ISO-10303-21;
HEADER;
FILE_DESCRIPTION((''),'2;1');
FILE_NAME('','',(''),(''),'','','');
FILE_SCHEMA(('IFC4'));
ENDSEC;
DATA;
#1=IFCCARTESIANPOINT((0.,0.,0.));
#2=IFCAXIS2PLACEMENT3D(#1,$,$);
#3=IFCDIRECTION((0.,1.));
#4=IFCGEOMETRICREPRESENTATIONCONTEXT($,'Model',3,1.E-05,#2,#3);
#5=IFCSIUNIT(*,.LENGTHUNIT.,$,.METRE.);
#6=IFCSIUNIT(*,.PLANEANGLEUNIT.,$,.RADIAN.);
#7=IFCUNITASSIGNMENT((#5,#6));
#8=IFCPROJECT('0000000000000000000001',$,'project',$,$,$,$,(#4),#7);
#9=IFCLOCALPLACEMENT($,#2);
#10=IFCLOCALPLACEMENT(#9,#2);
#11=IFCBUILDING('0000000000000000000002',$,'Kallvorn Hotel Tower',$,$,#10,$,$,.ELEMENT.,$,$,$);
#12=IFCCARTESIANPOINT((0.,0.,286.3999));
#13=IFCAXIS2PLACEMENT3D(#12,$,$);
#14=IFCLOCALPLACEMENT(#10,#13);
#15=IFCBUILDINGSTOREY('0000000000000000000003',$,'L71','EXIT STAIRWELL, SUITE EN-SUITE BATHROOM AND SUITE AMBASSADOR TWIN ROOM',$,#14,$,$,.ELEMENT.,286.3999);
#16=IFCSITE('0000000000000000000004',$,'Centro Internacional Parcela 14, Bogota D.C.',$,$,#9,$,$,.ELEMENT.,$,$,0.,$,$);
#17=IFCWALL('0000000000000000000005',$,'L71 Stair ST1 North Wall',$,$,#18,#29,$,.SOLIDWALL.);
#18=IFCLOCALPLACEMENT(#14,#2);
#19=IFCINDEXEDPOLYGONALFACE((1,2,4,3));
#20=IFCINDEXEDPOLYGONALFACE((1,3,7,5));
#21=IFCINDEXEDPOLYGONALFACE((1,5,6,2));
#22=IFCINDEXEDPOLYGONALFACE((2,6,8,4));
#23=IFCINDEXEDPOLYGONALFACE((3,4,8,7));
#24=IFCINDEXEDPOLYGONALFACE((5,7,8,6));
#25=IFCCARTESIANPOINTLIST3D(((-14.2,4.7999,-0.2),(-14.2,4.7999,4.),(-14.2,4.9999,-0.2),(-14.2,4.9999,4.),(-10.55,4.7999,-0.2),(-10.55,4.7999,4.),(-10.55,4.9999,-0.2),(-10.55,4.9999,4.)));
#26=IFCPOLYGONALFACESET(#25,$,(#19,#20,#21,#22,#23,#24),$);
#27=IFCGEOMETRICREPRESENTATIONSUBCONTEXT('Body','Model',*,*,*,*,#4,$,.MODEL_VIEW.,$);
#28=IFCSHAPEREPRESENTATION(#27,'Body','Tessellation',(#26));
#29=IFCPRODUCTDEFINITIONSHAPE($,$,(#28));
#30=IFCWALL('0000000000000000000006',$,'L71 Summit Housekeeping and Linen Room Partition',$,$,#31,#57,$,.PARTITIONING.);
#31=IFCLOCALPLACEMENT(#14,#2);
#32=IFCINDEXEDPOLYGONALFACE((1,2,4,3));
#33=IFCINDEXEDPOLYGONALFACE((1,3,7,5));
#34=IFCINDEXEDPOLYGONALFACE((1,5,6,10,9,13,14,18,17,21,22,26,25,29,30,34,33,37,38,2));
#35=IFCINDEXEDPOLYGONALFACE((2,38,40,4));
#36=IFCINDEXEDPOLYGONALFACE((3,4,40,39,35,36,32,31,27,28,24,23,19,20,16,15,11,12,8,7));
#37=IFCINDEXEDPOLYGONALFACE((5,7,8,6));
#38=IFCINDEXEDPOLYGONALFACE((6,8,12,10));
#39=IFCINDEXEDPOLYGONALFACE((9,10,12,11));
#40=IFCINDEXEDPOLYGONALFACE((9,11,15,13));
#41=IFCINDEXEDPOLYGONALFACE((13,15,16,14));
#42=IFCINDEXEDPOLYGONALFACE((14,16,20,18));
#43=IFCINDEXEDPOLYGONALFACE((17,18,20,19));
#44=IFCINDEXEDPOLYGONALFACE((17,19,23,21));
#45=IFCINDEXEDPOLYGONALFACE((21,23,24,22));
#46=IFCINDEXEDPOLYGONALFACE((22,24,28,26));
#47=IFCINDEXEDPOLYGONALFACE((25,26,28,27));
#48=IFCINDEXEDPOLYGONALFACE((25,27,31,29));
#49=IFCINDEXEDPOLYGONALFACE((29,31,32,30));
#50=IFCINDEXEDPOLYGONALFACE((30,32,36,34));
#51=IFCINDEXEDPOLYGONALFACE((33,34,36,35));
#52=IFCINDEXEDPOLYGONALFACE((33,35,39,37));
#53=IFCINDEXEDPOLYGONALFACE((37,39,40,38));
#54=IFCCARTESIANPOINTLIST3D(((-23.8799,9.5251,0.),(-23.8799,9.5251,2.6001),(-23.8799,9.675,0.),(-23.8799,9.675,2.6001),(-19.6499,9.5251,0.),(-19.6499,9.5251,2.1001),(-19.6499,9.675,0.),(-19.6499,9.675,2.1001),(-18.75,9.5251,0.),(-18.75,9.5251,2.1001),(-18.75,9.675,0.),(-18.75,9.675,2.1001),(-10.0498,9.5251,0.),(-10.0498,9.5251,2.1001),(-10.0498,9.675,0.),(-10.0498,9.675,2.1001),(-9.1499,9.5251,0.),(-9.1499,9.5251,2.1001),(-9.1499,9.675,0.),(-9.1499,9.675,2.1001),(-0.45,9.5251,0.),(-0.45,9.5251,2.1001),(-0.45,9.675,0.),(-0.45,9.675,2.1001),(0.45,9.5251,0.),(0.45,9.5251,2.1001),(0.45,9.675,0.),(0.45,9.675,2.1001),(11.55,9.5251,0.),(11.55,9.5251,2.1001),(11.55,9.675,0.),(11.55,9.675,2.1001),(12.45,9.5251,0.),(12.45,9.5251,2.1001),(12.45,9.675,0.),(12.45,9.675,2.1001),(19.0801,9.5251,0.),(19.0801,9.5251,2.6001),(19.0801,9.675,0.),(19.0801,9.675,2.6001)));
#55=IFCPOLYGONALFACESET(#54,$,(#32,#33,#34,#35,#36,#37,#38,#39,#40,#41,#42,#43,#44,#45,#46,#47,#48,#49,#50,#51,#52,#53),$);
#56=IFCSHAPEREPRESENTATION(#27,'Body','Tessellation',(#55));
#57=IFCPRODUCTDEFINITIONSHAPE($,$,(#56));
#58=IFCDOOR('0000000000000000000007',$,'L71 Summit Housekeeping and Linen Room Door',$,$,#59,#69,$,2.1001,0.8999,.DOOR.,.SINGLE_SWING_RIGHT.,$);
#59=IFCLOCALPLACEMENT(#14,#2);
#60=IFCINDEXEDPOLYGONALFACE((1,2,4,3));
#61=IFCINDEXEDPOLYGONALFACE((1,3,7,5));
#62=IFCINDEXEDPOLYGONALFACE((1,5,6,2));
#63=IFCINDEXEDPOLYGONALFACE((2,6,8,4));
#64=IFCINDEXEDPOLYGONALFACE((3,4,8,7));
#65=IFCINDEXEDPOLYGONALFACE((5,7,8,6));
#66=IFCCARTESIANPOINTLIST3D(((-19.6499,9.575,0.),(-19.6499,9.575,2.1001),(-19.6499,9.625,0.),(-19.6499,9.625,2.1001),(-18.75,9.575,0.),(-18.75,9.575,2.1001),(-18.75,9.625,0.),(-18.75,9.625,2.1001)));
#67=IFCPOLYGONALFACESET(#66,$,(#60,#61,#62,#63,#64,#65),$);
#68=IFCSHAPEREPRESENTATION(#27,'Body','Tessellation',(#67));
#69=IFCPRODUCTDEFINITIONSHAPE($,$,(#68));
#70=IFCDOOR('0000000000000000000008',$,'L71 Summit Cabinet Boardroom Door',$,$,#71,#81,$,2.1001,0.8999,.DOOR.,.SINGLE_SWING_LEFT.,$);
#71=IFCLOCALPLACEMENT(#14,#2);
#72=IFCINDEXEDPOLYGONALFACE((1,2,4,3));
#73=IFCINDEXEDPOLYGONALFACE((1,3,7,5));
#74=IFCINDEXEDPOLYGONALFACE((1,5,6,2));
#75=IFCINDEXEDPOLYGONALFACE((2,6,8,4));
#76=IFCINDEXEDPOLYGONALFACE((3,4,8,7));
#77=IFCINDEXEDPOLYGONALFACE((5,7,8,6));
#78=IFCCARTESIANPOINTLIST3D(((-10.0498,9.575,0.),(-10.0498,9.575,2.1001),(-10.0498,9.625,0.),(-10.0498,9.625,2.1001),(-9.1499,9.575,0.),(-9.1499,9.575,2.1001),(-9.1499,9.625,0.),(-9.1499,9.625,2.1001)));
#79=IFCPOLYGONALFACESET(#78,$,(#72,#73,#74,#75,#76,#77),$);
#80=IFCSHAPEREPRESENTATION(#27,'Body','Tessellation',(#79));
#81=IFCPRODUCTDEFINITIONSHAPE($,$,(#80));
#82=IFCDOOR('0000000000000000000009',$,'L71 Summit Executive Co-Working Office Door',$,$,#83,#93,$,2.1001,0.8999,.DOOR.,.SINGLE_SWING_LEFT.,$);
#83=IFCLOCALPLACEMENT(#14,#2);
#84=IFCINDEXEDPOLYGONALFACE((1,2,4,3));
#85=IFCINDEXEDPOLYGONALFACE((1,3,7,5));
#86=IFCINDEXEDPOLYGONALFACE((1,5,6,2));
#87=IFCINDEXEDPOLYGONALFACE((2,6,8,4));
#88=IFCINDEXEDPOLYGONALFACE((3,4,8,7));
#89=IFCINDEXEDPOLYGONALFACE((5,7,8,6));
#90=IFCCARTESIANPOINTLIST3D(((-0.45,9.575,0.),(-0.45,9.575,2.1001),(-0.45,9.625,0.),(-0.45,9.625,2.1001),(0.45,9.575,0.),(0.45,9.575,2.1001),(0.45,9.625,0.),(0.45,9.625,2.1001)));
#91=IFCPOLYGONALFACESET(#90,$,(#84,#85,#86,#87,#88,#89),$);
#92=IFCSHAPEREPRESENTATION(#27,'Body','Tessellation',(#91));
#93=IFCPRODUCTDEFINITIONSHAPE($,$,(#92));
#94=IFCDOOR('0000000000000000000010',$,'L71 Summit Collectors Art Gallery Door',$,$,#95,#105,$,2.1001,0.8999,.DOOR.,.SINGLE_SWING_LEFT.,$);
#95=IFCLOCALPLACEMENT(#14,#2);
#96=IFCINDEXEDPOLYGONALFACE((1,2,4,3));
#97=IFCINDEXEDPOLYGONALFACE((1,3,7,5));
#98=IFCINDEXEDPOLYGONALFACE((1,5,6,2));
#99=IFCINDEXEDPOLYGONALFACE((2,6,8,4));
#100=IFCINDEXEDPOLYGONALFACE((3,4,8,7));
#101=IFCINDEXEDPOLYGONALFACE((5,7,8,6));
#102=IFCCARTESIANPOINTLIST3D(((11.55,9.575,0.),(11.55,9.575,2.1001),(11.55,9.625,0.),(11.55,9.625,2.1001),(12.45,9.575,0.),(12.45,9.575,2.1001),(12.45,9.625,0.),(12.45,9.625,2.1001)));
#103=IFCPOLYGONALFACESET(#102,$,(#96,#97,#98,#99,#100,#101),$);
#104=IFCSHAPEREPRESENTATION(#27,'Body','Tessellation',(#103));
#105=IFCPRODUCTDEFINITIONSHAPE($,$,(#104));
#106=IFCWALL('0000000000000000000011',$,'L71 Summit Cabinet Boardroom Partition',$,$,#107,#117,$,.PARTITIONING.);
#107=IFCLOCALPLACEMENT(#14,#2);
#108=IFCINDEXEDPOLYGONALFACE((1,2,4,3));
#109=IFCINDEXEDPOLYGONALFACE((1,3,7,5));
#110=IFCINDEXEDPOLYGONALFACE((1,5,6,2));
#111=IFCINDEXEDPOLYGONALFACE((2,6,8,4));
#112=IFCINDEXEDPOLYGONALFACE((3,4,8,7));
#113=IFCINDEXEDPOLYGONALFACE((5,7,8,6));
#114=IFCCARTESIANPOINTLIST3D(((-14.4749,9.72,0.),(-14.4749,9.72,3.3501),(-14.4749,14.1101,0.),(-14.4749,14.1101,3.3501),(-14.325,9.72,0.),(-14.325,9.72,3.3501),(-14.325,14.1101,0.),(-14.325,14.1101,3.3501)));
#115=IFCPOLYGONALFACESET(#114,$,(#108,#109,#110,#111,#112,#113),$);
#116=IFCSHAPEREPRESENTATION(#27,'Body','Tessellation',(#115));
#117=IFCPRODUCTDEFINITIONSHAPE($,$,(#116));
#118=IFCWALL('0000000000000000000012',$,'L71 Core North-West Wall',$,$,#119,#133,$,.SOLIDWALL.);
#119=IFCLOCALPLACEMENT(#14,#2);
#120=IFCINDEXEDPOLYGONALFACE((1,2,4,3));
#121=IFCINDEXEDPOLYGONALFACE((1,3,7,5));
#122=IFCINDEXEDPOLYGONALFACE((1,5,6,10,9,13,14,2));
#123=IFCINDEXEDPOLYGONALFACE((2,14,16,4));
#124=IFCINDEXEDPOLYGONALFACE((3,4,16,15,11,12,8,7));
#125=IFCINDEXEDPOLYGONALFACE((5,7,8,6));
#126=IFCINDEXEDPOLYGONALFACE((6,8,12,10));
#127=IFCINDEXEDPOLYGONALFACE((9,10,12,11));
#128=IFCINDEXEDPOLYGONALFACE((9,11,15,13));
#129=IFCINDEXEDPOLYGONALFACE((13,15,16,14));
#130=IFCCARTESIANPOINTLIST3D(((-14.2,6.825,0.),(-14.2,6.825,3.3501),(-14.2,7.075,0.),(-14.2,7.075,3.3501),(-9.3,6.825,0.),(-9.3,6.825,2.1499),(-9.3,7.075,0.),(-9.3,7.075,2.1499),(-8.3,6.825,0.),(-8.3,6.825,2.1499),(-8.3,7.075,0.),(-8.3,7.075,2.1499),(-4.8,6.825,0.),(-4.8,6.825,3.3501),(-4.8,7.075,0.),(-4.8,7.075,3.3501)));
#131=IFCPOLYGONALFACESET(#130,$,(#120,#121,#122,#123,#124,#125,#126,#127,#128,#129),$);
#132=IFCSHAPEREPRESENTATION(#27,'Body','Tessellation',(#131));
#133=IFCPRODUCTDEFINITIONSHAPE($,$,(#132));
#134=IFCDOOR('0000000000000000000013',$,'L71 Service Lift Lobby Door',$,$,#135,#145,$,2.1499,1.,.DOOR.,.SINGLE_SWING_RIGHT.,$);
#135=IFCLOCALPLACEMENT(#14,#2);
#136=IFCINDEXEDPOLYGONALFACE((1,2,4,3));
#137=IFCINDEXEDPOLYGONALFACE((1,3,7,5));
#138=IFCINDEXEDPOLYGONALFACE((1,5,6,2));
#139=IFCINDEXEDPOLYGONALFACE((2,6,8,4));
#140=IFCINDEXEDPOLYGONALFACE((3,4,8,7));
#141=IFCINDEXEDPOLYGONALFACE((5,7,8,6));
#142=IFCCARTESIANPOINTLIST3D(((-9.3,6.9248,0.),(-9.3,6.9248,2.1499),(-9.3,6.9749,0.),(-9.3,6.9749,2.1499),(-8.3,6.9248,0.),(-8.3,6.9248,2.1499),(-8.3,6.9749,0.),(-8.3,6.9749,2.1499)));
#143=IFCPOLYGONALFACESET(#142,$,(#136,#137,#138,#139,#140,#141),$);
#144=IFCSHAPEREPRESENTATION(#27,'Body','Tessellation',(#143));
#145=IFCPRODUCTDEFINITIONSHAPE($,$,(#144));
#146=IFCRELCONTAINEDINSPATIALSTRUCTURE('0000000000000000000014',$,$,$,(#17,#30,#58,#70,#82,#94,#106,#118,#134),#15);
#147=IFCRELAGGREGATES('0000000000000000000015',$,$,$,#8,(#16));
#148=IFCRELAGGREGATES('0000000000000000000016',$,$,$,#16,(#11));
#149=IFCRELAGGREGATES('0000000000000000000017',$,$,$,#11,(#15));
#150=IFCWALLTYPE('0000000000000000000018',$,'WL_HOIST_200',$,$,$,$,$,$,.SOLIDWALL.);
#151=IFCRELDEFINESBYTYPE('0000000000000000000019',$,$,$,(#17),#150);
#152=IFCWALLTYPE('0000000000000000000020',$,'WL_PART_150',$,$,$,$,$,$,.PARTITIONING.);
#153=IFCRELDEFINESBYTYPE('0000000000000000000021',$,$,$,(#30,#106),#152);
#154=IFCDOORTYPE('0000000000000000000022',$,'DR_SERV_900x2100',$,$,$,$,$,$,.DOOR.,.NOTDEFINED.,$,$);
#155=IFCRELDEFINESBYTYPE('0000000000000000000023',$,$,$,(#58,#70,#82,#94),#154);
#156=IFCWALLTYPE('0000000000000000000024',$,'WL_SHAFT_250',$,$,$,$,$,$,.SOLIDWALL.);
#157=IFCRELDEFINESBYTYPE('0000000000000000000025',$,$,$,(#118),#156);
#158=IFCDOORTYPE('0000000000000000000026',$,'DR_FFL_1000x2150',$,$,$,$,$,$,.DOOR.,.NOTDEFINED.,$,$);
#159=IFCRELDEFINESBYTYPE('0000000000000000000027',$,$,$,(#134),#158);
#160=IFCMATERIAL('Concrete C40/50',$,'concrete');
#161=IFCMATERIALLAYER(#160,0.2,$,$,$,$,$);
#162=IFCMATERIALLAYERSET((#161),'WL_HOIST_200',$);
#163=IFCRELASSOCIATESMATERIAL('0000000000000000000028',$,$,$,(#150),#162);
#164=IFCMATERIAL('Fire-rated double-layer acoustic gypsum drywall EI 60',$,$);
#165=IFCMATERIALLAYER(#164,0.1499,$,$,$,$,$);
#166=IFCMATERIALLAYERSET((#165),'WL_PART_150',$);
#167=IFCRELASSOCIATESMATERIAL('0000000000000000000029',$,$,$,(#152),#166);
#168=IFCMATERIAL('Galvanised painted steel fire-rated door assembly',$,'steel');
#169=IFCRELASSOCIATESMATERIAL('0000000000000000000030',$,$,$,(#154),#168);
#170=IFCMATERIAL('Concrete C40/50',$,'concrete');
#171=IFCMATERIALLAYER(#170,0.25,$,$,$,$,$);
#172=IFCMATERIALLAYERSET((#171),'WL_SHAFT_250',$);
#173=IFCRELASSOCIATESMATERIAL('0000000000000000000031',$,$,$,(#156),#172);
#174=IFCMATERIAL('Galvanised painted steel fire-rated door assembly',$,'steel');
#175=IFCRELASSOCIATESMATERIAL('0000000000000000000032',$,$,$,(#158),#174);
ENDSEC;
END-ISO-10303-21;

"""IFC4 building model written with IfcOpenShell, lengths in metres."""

from ifc_helpers import new_model, si_unit, direction, frame, frame_2d, origin, place, context, subcontext, project, spatial, rectangle, extrude, material, layer, layer_set, type_object, element, fill, save


model = new_model("IFC4")

# Units and contexts
model_context = context("Model", 3, precision=1e-05, world=origin(), true_north=direction((0.0, 1.0)))
body_context = subcontext(model_context, "Body", "Model", "MODEL_VIEW")
ifc_project = project(units=[si_unit("LENGTHUNIT", "METRE"), si_unit("PLANEANGLEUNIT", "RADIAN")], contexts=[model_context])

# Site, building, storey
site_placement = place(None, origin())
site = spatial("IfcSite", under=ifc_project, at=site_placement, Name="Centro Internacional Parcela 14, Bogota D.C.", CompositionType="ELEMENT", RefElevation=0.0)
building_placement = place(site_placement, origin())
building = spatial("IfcBuilding", under=site, at=building_placement, Name="Kallvorn Hotel Tower", CompositionType="ELEMENT")
storey_placement = place(building_placement, frame((0.0, 0.0, 286.3999)))
storey = spatial("IfcBuildingStorey", under=building, at=storey_placement, Name="L71", Description="EXIT STAIRWELL, SUITE EN-SUITE BATHROOM AND SUITE AMBASSADOR TWIN ROOM", CompositionType="ELEMENT", Elevation=286.3999)

# Wall
ifc_material_1 = material(Name="Concrete C40/50", Category="concrete")
ifc_layer_1 = layer(ifc_material_1, 0.2)
ifc_layer_set_1 = layer_set([ifc_layer_1], Name="WL_HOIST_200")
wall_type_1 = type_object("IfcWallType", Name="WL_HOIST_200", PredefinedType="SOLIDWALL", material=ifc_layer_set_1)
wall_1_placement = place(storey_placement, frame((-14.2, 4.8999, -0.2), z_axis=(0.0, 0.0, 1.0), x_axis=(1.0, 0.0, 0.0)))
element("IfcWall", 1, at=wall_1_placement, inside=storey, type_object=wall_type_1, Name="L71 Stair ST1 North Wall", PredefinedType="SOLIDWALL", context=body_context, shape_type="SweptSolid", body=[
    extrude(rectangle(XDim=3.6499, YDim=0.2, at=frame_2d((1.825, 0.0))), origin(), (0.0, 0.0, 1.0), 4.2),
])

# Wall, openings, doors
ifc_material_2 = material(Name="Fire-rated double-layer acoustic gypsum drywall EI 60")
ifc_layer_2 = layer(ifc_material_2, 0.1499)
ifc_layer_set_2 = layer_set([ifc_layer_2], Name="WL_PART_150")
wall_type_2 = type_object("IfcWallType", Name="WL_PART_150", PredefinedType="PARTITIONING", material=ifc_layer_set_2)
wall_2_placement = place(storey_placement, frame((-23.8799, 9.6001, 0.0), z_axis=(0.0, 0.0, 1.0), x_axis=(1.0, 0.0, 0.0)))
wall_2 = element("IfcWall", 2, at=wall_2_placement, inside=storey, type_object=wall_type_2, Name="L71 Summit Housekeeping and Linen Room Partition", PredefinedType="PARTITIONING", context=body_context, shape_type="SweptSolid", body=[
    extrude(rectangle(XDim=42.96, YDim=0.1499, at=frame_2d((21.48, 0.0))), origin(), (0.0, 0.0, 1.0), 2.6001),
])
opening_1_placement = place(wall_2_placement, frame((4.23, 0.0, 0.0)))
opening_1 = element("IfcOpeningElement", 3, at=opening_1_placement, cuts=wall_2, PredefinedType="OPENING", context=body_context, shape_type="SweptSolid", body=[
    extrude(rectangle(XDim=0.8999, YDim=2.1001, at=frame_2d((0.45, 1.05))), frame((0.0, 0.0898, 0.0), z_axis=(0.0, -1.0, 0.0), x_axis=(1.0, 0.0, 0.0)), (0.0, 0.0, 1.0), 0.1799),
])
opening_2_placement = place(wall_2_placement, frame((13.8301, 0.0, 0.0)))
opening_2 = element("IfcOpeningElement", 4, at=opening_2_placement, cuts=wall_2, PredefinedType="OPENING", context=body_context, shape_type="SweptSolid", body=[
    extrude(rectangle(XDim=0.8999, YDim=2.1001, at=frame_2d((0.45, 1.05))), frame((0.0, 0.0898, 0.0), z_axis=(0.0, -1.0, 0.0), x_axis=(1.0, 0.0, 0.0)), (0.0, 0.0, 1.0), 0.1799),
])
opening_3_placement = place(wall_2_placement, frame((23.4299, 0.0, 0.0)))
opening_3 = element("IfcOpeningElement", 5, at=opening_3_placement, cuts=wall_2, PredefinedType="OPENING", context=body_context, shape_type="SweptSolid", body=[
    extrude(rectangle(XDim=0.8999, YDim=2.1001, at=frame_2d((0.45, 1.05))), frame((0.0, 0.0898, 0.0), z_axis=(0.0, -1.0, 0.0), x_axis=(1.0, 0.0, 0.0)), (0.0, 0.0, 1.0), 0.1799),
])
opening_4_placement = place(wall_2_placement, frame((35.4299, 0.0, 0.0)))
opening_4 = element("IfcOpeningElement", 6, at=opening_4_placement, cuts=wall_2, PredefinedType="OPENING", context=body_context, shape_type="SweptSolid", body=[
    extrude(rectangle(XDim=0.8999, YDim=2.1001, at=frame_2d((0.45, 1.05))), frame((0.0, 0.0898, 0.0), z_axis=(0.0, -1.0, 0.0), x_axis=(1.0, 0.0, 0.0)), (0.0, 0.0, 1.0), 0.1799),
])
ifc_material_3 = material(Name="Galvanised painted steel fire-rated door assembly", Category="steel")
door_type_1 = type_object("IfcDoorType", Name="DR_SERV_900x2100", OperationType="NOTDEFINED", PredefinedType="DOOR", material=ifc_material_3)
door_1_placement = place(opening_1_placement, origin())
door_1 = element("IfcDoor", 7, at=door_1_placement, inside=storey, type_object=door_type_1, Name="L71 Summit Housekeeping and Linen Room Door", OperationType="SINGLE_SWING_RIGHT", OverallHeight=2.1001, OverallWidth=0.8999, PredefinedType="DOOR", context=body_context, shape_type="SweptSolid", body=[
    extrude(rectangle(XDim=0.8999, YDim=2.1001, at=frame_2d((0.45, 1.05))), frame((0.0, 0.0249, 0.0), z_axis=(0.0, -1.0, 0.0), x_axis=(1.0, 0.0, 0.0)), (0.0, 0.0, 1.0), 0.05),
])
fill(opening_1, door_1)
door_2_placement = place(opening_2_placement, origin())
door_2 = element("IfcDoor", 8, at=door_2_placement, inside=storey, type_object=door_type_1, Name="L71 Summit Cabinet Boardroom Door", OperationType="SINGLE_SWING_LEFT", OverallHeight=2.1001, OverallWidth=0.8999, PredefinedType="DOOR", context=body_context, shape_type="SweptSolid", body=[
    extrude(rectangle(XDim=0.8999, YDim=2.1001, at=frame_2d((0.45, 1.05))), frame((0.0, 0.0249, 0.0), z_axis=(0.0, -1.0, 0.0), x_axis=(1.0, 0.0, 0.0)), (0.0, 0.0, 1.0), 0.05),
])
fill(opening_2, door_2)
door_3_placement = place(opening_3_placement, origin())
door_3 = element("IfcDoor", 9, at=door_3_placement, inside=storey, type_object=door_type_1, Name="L71 Summit Executive Co-Working Office Door", OperationType="SINGLE_SWING_LEFT", OverallHeight=2.1001, OverallWidth=0.8999, PredefinedType="DOOR", context=body_context, shape_type="SweptSolid", body=[
    extrude(rectangle(XDim=0.8999, YDim=2.1001, at=frame_2d((0.45, 1.05))), frame((0.0, 0.0249, 0.0), z_axis=(0.0, -1.0, 0.0), x_axis=(1.0, 0.0, 0.0)), (0.0, 0.0, 1.0), 0.05),
])
fill(opening_3, door_3)
door_4_placement = place(opening_4_placement, origin())
door_4 = element("IfcDoor", 10, at=door_4_placement, inside=storey, type_object=door_type_1, Name="L71 Summit Collectors Art Gallery Door", OperationType="SINGLE_SWING_LEFT", OverallHeight=2.1001, OverallWidth=0.8999, PredefinedType="DOOR", context=body_context, shape_type="SweptSolid", body=[
    extrude(rectangle(XDim=0.8999, YDim=2.1001, at=frame_2d((0.45, 1.05))), frame((0.0, 0.0249, 0.0), z_axis=(0.0, -1.0, 0.0), x_axis=(1.0, 0.0, 0.0)), (0.0, 0.0, 1.0), 0.05),
])
fill(opening_4, door_4)

# Wall
wall_3_placement = place(storey_placement, frame((-14.3999, 9.72, 0.0), z_axis=(0.0, 0.0, 1.0), x_axis=(0.0, 1.0, 0.0)))
element("IfcWall", 11, at=wall_3_placement, inside=storey, type_object=wall_type_2, Name="L71 Summit Cabinet Boardroom Partition", PredefinedType="PARTITIONING", context=body_context, shape_type="SweptSolid", body=[
    extrude(rectangle(XDim=4.3901, YDim=0.1499, at=frame_2d((2.1951, 0.0))), origin(), (0.0, 0.0, 1.0), 3.3501),
])

# Wall, opening, door
ifc_material_4 = material(Name="Concrete C40/50", Category="concrete")
ifc_layer_3 = layer(ifc_material_4, 0.25)
ifc_layer_set_3 = layer_set([ifc_layer_3], Name="WL_SHAFT_250")
wall_type_3 = type_object("IfcWallType", Name="WL_SHAFT_250", PredefinedType="SOLIDWALL", material=ifc_layer_set_3)
wall_4_placement = place(storey_placement, frame((-14.2, 6.95, 0.0), z_axis=(0.0, 0.0, 1.0), x_axis=(1.0, 0.0, 0.0)))
wall_4 = element("IfcWall", 12, at=wall_4_placement, inside=storey, type_object=wall_type_3, Name="L71 Core North-West Wall", PredefinedType="SOLIDWALL", context=body_context, shape_type="SweptSolid", body=[
    extrude(rectangle(XDim=9.3999, YDim=0.25, at=frame_2d((4.7, 0.0))), origin(), (0.0, 0.0, 1.0), 3.3501),
])
opening_5_placement = place(wall_4_placement, frame((4.8999, 0.0, 0.0)))
opening_5 = element("IfcOpeningElement", 13, at=opening_5_placement, cuts=wall_4, PredefinedType="OPENING", context=body_context, shape_type="SweptSolid", body=[
    extrude(rectangle(XDim=1.0, YDim=2.1499, at=frame_2d((0.5, 1.075))), frame((0.0, 0.1399, 0.0), z_axis=(0.0, -1.0, 0.0), x_axis=(1.0, 0.0, 0.0)), (0.0, 0.0, 1.0), 0.28),
])
ifc_material_5 = material(Name="Galvanised painted steel fire-rated door assembly", Category="steel")
door_type_2 = type_object("IfcDoorType", Name="DR_FFL_1000x2150", OperationType="NOTDEFINED", PredefinedType="DOOR", material=ifc_material_5)
door_5_placement = place(opening_5_placement, origin())
door_5 = element("IfcDoor", 14, at=door_5_placement, inside=storey, type_object=door_type_2, Name="L71 Service Lift Lobby Door", OperationType="SINGLE_SWING_RIGHT", OverallHeight=2.1499, OverallWidth=1.0, PredefinedType="DOOR", context=body_context, shape_type="SweptSolid", body=[
    extrude(rectangle(XDim=1.0, YDim=2.1499, at=frame_2d((0.5, 1.075))), frame((0.0, 0.0249, 0.0), z_axis=(0.0, -1.0, 0.0), x_axis=(1.0, 0.0, 0.0)), (0.0, 0.0, 1.0), 0.05),
])
fill(opening_5, door_5)

save(model, "model.ifc")
